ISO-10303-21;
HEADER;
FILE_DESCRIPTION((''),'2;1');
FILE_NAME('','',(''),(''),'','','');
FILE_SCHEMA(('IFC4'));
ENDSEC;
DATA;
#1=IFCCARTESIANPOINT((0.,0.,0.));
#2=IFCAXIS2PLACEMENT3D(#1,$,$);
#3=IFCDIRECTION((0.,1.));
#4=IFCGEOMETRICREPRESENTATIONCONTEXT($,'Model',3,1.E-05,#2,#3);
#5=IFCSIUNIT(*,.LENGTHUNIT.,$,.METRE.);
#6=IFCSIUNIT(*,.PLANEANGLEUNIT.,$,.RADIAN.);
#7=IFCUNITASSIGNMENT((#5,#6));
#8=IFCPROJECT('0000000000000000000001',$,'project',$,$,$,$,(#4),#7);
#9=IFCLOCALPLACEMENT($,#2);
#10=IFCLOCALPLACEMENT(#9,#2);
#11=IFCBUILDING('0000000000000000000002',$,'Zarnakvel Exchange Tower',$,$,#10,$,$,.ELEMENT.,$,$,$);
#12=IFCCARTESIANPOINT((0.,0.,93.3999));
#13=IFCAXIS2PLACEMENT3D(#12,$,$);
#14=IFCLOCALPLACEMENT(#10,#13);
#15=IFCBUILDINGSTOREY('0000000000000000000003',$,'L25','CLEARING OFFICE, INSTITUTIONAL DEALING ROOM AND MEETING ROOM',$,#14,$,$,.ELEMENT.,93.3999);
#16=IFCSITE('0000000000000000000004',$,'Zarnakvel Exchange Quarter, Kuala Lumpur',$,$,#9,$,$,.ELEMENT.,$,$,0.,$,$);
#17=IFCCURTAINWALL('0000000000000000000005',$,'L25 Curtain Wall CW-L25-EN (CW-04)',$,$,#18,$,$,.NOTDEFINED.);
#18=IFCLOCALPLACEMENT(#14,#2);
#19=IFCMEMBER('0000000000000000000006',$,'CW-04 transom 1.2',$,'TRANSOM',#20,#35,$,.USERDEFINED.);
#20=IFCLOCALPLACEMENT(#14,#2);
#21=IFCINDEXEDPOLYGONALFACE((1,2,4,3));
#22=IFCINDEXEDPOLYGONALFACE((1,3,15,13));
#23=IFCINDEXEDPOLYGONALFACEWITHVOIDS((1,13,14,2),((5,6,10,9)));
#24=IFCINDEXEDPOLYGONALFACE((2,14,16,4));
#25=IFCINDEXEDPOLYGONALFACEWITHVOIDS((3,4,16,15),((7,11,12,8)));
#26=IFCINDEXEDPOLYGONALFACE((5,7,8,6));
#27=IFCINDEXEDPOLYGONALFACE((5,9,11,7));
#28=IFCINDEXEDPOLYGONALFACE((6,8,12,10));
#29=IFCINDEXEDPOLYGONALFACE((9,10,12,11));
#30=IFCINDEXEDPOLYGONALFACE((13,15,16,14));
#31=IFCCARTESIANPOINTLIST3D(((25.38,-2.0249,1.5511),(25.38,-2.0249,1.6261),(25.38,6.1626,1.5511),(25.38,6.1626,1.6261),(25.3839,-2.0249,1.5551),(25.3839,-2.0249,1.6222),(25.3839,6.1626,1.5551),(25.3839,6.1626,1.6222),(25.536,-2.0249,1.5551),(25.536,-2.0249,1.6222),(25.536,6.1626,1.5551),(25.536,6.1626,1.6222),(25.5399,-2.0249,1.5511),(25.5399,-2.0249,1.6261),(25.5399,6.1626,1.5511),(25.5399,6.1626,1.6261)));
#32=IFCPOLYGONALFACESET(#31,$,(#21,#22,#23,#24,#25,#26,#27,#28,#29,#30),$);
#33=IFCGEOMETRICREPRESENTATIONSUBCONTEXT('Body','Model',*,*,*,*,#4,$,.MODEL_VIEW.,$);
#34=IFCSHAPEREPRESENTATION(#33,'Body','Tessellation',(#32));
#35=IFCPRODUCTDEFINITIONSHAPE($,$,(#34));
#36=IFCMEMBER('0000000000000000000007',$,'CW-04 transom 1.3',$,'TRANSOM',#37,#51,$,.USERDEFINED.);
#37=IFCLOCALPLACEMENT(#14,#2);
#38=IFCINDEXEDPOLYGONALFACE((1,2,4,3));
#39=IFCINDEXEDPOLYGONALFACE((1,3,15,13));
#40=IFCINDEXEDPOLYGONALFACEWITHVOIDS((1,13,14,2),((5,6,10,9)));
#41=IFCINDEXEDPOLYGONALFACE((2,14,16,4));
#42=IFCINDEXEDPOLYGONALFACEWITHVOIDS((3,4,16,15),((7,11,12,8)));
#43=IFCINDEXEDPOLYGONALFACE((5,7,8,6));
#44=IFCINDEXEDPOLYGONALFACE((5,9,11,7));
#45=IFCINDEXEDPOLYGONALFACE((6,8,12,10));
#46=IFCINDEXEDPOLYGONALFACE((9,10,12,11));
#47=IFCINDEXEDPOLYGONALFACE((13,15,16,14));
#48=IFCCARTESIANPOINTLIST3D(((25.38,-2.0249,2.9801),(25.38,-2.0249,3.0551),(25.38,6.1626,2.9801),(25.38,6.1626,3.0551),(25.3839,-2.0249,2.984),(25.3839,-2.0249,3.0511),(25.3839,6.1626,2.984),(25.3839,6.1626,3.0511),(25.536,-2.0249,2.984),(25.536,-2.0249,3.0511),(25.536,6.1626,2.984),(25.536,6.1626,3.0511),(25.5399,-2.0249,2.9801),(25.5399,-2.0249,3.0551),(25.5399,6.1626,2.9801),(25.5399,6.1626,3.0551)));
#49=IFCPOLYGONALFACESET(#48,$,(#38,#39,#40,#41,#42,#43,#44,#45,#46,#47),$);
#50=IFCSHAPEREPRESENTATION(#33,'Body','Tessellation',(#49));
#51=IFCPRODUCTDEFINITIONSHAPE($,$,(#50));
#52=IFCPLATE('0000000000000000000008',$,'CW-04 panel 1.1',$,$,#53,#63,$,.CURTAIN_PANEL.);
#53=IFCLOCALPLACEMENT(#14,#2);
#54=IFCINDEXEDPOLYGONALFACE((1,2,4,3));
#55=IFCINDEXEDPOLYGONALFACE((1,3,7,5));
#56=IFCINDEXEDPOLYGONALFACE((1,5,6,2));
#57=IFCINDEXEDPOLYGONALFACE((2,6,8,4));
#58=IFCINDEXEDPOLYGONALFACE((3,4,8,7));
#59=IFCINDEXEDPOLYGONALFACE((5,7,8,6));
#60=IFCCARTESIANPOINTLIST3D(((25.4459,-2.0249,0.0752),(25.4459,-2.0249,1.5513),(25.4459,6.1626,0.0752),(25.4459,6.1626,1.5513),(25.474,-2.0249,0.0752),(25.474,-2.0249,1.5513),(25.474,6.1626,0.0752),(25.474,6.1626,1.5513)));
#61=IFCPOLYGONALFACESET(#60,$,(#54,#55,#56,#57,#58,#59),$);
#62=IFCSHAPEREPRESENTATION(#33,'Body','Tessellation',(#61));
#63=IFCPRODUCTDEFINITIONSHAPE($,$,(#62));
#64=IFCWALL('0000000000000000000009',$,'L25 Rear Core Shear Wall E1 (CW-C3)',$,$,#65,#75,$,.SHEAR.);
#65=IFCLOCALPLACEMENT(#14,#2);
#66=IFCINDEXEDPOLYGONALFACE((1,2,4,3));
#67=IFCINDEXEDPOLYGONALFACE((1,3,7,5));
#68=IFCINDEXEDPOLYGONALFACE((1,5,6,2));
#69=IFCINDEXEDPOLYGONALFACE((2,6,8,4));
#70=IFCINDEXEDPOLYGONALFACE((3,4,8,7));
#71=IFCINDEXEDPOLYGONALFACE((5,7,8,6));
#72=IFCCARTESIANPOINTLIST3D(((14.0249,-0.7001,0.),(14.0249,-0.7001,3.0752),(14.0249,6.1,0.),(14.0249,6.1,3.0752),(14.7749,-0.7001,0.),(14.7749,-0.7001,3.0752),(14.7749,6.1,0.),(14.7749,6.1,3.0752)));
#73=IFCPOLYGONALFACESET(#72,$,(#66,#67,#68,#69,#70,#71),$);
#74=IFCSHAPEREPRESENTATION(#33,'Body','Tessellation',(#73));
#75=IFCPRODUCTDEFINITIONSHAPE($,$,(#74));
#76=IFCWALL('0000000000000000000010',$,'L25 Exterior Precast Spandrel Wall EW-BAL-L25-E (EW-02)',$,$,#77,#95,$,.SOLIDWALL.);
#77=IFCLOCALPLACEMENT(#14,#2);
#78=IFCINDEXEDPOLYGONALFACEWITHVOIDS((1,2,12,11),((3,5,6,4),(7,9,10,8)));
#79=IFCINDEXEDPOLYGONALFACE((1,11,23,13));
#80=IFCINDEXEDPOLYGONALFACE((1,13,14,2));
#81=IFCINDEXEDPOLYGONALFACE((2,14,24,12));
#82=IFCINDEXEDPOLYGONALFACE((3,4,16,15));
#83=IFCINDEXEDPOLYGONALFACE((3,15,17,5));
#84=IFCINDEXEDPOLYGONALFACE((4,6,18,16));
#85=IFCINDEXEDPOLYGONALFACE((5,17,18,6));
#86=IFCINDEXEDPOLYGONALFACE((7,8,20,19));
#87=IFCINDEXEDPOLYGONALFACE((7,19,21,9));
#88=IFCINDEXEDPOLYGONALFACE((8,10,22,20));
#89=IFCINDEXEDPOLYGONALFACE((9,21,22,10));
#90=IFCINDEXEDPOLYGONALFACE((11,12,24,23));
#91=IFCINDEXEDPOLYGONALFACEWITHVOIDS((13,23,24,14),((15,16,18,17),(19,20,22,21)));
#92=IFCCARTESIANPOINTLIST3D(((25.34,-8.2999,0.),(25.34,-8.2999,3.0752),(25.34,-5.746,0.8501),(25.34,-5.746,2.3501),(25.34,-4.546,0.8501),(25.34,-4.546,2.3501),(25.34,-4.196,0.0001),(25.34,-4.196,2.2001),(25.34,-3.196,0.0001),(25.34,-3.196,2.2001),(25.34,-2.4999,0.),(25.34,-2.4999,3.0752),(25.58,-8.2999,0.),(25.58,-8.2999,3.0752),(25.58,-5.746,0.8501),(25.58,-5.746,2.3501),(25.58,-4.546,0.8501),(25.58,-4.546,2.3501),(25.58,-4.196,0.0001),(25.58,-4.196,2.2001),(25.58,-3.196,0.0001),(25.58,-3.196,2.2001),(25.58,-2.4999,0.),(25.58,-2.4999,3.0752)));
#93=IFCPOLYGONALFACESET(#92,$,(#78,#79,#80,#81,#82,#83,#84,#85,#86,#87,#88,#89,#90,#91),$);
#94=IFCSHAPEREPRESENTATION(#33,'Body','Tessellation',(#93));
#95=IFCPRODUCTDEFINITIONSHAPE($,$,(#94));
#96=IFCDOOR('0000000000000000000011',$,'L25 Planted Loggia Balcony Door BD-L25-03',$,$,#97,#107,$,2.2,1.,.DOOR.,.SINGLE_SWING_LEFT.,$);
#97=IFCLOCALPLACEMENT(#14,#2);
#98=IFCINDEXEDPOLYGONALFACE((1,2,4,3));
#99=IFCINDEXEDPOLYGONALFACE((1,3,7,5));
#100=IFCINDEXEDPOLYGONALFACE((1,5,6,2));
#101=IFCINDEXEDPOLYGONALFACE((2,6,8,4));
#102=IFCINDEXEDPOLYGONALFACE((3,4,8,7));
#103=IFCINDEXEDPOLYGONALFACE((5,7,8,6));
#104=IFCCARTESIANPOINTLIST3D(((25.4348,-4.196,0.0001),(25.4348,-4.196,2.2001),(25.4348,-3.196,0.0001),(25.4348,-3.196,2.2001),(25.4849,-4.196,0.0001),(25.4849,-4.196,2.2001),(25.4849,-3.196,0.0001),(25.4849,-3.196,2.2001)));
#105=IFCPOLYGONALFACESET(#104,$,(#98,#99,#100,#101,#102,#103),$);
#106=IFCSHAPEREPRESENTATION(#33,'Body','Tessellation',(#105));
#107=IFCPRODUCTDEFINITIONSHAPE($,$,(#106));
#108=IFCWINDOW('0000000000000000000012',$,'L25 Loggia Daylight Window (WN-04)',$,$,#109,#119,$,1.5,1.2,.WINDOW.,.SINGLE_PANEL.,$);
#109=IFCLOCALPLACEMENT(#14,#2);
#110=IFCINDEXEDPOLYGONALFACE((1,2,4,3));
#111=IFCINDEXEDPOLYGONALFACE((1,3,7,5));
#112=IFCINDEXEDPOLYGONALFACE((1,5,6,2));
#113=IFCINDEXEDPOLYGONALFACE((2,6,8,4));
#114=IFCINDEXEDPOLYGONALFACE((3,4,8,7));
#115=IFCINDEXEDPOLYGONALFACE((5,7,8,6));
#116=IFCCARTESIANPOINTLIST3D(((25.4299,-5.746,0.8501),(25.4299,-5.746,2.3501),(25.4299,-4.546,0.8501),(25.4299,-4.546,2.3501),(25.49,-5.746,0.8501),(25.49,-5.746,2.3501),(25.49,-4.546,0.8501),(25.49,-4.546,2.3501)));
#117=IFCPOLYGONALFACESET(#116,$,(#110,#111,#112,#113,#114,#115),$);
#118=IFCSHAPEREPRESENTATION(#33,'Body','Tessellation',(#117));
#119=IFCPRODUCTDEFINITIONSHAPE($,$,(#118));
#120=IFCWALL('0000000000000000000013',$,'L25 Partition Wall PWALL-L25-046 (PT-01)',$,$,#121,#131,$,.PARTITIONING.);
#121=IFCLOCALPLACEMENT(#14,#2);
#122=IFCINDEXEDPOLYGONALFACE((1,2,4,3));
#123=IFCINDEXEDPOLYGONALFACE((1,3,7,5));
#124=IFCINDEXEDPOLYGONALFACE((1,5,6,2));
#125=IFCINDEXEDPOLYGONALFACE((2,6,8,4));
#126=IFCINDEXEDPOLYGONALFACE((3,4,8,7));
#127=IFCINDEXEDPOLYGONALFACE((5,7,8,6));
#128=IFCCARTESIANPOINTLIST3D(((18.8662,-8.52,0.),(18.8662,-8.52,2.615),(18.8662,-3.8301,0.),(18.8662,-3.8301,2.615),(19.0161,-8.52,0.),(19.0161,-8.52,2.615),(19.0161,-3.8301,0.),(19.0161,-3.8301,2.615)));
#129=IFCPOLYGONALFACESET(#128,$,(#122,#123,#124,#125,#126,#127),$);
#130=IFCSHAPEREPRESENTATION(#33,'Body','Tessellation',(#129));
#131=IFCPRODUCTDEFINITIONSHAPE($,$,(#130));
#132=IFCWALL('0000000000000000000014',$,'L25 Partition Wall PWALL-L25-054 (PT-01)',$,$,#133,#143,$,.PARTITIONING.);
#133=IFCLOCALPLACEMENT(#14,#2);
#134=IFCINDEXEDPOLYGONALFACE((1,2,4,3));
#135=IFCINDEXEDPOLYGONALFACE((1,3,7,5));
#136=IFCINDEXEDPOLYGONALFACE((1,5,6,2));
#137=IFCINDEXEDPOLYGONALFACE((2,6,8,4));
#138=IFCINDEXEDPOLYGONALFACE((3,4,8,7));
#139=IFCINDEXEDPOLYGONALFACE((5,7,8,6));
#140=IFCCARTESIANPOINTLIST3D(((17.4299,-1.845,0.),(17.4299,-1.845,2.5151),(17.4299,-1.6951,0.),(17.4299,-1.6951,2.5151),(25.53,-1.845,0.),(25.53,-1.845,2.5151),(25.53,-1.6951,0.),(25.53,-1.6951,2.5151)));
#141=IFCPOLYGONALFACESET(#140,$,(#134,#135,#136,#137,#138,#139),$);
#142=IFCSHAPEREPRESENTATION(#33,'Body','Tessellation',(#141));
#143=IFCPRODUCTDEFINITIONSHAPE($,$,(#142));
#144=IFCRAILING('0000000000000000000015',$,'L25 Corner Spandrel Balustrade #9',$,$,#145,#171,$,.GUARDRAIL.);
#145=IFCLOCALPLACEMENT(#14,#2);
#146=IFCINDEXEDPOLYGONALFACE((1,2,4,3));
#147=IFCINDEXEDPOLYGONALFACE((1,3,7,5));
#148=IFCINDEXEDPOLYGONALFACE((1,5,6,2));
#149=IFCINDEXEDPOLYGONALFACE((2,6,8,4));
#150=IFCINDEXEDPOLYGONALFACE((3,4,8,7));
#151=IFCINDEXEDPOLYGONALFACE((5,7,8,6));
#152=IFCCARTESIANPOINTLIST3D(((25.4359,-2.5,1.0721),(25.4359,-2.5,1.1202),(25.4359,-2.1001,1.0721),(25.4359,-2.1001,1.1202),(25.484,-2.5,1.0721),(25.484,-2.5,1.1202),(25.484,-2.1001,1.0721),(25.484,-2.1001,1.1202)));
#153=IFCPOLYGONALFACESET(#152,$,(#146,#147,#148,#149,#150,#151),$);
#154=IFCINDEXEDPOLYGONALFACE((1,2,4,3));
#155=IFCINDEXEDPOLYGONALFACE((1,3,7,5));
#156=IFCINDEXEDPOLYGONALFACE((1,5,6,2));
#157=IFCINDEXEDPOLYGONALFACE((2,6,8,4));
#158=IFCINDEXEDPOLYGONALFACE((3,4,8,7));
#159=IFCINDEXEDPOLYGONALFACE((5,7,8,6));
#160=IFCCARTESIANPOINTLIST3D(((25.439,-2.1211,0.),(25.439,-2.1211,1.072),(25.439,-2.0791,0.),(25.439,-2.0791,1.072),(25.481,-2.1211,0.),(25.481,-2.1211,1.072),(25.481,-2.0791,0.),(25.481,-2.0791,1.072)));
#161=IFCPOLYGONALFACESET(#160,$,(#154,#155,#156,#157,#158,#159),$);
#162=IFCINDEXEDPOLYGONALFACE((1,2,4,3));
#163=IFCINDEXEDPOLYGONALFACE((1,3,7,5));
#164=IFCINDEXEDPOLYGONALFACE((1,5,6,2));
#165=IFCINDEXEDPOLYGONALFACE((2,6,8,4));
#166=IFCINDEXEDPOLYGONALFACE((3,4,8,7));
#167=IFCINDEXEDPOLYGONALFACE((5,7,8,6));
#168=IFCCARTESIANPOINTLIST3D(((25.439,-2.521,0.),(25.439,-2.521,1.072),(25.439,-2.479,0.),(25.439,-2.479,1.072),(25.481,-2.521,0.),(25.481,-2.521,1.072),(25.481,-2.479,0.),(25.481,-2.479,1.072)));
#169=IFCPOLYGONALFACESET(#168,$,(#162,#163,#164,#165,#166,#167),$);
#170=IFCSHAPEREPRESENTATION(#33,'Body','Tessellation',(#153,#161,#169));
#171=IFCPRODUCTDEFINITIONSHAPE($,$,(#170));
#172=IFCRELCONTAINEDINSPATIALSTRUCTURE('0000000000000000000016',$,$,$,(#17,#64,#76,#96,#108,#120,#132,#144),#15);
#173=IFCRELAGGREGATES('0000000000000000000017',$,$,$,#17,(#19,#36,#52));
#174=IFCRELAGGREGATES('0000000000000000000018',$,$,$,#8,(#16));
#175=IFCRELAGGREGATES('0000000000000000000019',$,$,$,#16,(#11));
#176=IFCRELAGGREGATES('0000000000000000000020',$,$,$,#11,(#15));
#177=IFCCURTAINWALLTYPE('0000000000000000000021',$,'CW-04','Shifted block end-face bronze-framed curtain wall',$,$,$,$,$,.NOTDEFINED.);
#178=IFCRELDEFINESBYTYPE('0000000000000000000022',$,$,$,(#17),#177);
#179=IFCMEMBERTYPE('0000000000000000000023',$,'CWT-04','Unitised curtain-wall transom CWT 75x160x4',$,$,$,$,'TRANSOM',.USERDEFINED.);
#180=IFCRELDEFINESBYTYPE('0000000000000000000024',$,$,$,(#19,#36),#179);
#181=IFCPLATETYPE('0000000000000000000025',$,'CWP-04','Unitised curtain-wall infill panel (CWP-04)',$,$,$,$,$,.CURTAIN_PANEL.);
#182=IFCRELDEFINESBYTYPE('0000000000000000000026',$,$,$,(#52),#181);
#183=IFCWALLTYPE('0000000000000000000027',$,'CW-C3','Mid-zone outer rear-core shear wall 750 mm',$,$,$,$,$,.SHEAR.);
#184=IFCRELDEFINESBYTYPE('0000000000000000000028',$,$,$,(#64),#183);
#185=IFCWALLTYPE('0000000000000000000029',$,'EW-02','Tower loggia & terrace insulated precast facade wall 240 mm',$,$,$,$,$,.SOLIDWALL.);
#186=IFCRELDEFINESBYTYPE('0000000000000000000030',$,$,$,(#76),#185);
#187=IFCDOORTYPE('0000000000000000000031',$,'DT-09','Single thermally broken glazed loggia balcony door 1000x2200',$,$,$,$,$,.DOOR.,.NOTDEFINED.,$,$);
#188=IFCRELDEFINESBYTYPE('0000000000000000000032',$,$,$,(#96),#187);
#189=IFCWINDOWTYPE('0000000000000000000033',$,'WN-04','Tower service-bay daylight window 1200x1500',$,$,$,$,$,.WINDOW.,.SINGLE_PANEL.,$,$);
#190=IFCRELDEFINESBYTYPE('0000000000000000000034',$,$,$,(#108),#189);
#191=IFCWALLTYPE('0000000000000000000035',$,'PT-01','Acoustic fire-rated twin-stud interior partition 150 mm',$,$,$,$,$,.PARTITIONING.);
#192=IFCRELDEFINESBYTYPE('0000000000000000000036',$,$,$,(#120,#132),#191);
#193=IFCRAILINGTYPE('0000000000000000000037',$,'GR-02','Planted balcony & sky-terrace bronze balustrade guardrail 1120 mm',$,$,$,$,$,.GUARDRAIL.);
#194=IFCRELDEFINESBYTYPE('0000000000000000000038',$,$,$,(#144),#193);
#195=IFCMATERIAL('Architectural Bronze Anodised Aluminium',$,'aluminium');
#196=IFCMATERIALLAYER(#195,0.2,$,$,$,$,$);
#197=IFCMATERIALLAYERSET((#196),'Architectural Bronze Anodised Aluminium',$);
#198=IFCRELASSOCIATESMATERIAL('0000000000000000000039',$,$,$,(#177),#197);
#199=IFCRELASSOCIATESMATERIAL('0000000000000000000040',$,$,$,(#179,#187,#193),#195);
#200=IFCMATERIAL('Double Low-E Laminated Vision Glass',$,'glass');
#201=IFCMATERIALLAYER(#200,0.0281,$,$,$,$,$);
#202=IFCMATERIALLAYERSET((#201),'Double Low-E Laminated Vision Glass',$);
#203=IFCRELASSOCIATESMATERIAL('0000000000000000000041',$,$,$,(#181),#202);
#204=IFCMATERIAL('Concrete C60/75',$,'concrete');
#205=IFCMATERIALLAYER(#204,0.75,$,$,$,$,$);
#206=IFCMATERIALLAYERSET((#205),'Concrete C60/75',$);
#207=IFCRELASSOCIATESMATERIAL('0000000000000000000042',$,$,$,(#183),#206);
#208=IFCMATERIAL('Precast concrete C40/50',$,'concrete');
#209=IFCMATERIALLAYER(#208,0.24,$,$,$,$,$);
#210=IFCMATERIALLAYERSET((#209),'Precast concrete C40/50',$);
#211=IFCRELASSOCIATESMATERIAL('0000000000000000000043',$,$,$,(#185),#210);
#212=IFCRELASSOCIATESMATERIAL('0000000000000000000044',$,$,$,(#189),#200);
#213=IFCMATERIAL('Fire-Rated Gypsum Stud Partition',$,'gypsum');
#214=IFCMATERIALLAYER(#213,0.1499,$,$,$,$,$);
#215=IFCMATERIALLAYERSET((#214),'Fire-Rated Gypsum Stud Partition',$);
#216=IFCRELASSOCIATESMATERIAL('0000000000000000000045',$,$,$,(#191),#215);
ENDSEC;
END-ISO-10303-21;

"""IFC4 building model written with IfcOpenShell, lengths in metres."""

from ifc_helpers import new_model, si_unit, direction, frame, frame_2d, origin, origin_2d, place, context, subcontext, project, spatial, rectangle, hollow_rectangle, extrude, source, transform, mapped, material, layer, layer_set, material_profile, profile_set, type_object, element, fill, aggregate, save


model = new_model("IFC4")

# Units and contexts
model_context = context("Model", 3, precision=1e-05, world=origin(), true_north=direction((0.0, 1.0)))
body_context = subcontext(model_context, "Body", "Model", "MODEL_VIEW")
ifc_project = project(units=[si_unit("LENGTHUNIT", "METRE"), si_unit("PLANEANGLEUNIT", "RADIAN")], contexts=[model_context])

# Site, building, storey
site_placement = place(None, origin())
site = spatial("IfcSite", under=ifc_project, at=site_placement, Name="Zarnakvel Exchange Quarter, Kuala Lumpur", CompositionType="ELEMENT", RefElevation=0.0)
building_placement = place(site_placement, origin())
building = spatial("IfcBuilding", under=site, at=building_placement, Name="Zarnakvel Exchange Tower", CompositionType="ELEMENT")
storey_placement = place(building_placement, frame((0.0, 0.0, 93.3999)))
storey = spatial("IfcBuildingStorey", under=building, at=storey_placement, Name="L25", Description="CLEARING OFFICE, INSTITUTIONAL DEALING ROOM AND MEETING ROOM", CompositionType="ELEMENT", Elevation=93.3999)

# Shared definitions
ifc_material_1 = material(Name="Concrete C60/75", Category="concrete")

# Curtain wall, members, plate
ifc_material_2 = material(Name="Architectural Bronze Anodised Aluminium", Category="aluminium")
ifc_layer_1 = layer(ifc_material_2, 0.2)
ifc_layer_set_1 = layer_set([ifc_layer_1], Name="Architectural Bronze Anodised Aluminium")
curtain_wall_type = type_object("IfcCurtainWallType", Name="CW-04", Description="Shifted block end-face bronze-framed curtain wall", PredefinedType="NOTDEFINED", material=ifc_layer_set_1)
curtain_wall_placement = place(storey_placement, origin())
curtain_wall = element("IfcCurtainWall", 1, at=curtain_wall_placement, inside=storey, type_object=curtain_wall_type, Name="L25 Curtain Wall CW-L25-EN (CW-04)", PredefinedType="NOTDEFINED")
ifc_material_profile_1 = material_profile(ifc_material_2, hollow_rectangle(XDim=0.1599, YDim=0.075, WallThickness=0.0039, at=origin_2d()))
ifc_profile_set_1 = profile_set([ifc_material_profile_1], Name="Architectural Bronze Anodised Aluminium")
member_type_1 = type_object("IfcMemberType", Name="CWT-04", Description="Unitised curtain-wall transom CWT 75x160x4", ElementType="TRANSOM", PredefinedType="USERDEFINED", material=ifc_profile_set_1)
shared_shape_1 = source(origin(), body_context, "Body", "SweptSolid", [
    extrude(hollow_rectangle(XDim=0.1599, YDim=0.075, WallThickness=0.0039, at=origin_2d()), origin(), (0.0, 0.0, 1.0), 8.1875),
])
member_1_placement = place(storey_placement, frame((25.46, -2.0249, 1.5886), z_axis=(0.0, 1.0, 0.0), x_axis=(-1.0, 0.0, 0.0)))
member_1 = element("IfcMember", 2, at=member_1_placement, type_object=member_type_1, Name="CW-04 transom 1.2", ObjectType="TRANSOM", PredefinedType="USERDEFINED", context=body_context, shape_type="MappedRepresentation", body=[
    mapped(shared_shape_1, transform((0.0, 0.0, 0.0), x_axis=(1.0, 0.0, 0.0), y_axis=(0.0, 1.0, 0.0), z_axis=(0.0, 0.0, 1.0), scale=1.0)),
])
member_2_placement = place(storey_placement, frame((25.46, -2.0249, 3.0176), z_axis=(0.0, 1.0, 0.0), x_axis=(-1.0, 0.0, 0.0)))
member_2 = element("IfcMember", 3, at=member_2_placement, type_object=member_type_1, Name="CW-04 transom 1.3", ObjectType="TRANSOM", PredefinedType="USERDEFINED", context=body_context, shape_type="MappedRepresentation", body=[
    mapped(shared_shape_1, transform((0.0, 0.0, 0.0), x_axis=(1.0, 0.0, 0.0), y_axis=(0.0, 1.0, 0.0), z_axis=(0.0, 0.0, 1.0), scale=1.0)),
])
ifc_material_3 = material(Name="Double Low-E Laminated Vision Glass", Category="glass")
ifc_layer_2 = layer(ifc_material_3, 0.0281)
ifc_layer_set_2 = layer_set([ifc_layer_2], Name="Double Low-E Laminated Vision Glass")
plate_type = type_object("IfcPlateType", Name="CWP-04", Description="Unitised curtain-wall infill panel (CWP-04)", PredefinedType="CURTAIN_PANEL", material=ifc_layer_set_2)
shared_shape_2 = source(origin(), body_context, "Body", "SweptSolid", [
    extrude(rectangle(XDim=8.1875, YDim=0.0281, at=origin_2d()), origin(), (0.0, 0.0, 1.0), 1.4761),
])
plate_placement = place(storey_placement, frame((25.46, 2.0688, 0.0752), z_axis=(0.0, 0.0, 1.0), x_axis=(0.0, 1.0, 0.0)))
plate = element("IfcPlate", 4, at=plate_placement, type_object=plate_type, Name="CW-04 panel 1.1", PredefinedType="CURTAIN_PANEL", context=body_context, shape_type="MappedRepresentation", body=[
    mapped(shared_shape_2, transform((0.0, 0.0, 0.0), x_axis=(1.0, 0.0, 0.0), y_axis=(0.0, 1.0, 0.0), z_axis=(0.0, 0.0, 1.0), scale=1.0)),
])
aggregate(curtain_wall, [member_1, member_2, plate])

# Wall
ifc_layer_3 = layer(ifc_material_1, 0.75)
ifc_layer_set_3 = layer_set([ifc_layer_3], Name="Concrete C60/75")
wall_type_1 = type_object("IfcWallType", Name="CW-C3", Description="Mid-zone outer rear-core shear wall 750 mm", PredefinedType="SHEAR", material=ifc_layer_set_3)
wall_1_placement = place(storey_placement, frame((14.3999, -0.7, 0.0), z_axis=(0.0, 0.0, 1.0), x_axis=(0.0, 1.0, 0.0)))
element("IfcWall", 5, at=wall_1_placement, inside=storey, type_object=wall_type_1, Name="L25 Rear Core Shear Wall E1 (CW-C3)", PredefinedType="SHEAR", context=body_context, shape_type="SweptSolid", body=[
    extrude(rectangle(XDim=6.8, YDim=0.75, at=frame_2d((3.3999, 0.0))), origin(), (0.0, 0.0, 1.0), 3.0752),
])

# Wall, openings, door, window
ifc_material_4 = material(Name="Precast concrete C40/50", Category="concrete")
ifc_layer_4 = layer(ifc_material_4, 0.24)
ifc_layer_set_4 = layer_set([ifc_layer_4], Name="Precast concrete C40/50")
wall_type_2 = type_object("IfcWallType", Name="EW-02", Description="Tower loggia & terrace insulated precast facade wall 240 mm", PredefinedType="SOLIDWALL", material=ifc_layer_set_4)
wall_2_placement = place(storey_placement, frame((25.46, -2.5, 0.0), z_axis=(0.0, 0.0, 1.0), x_axis=(0.0, -1.0, 0.0)))
wall_2 = element("IfcWall", 6, at=wall_2_placement, inside=storey, type_object=wall_type_2, Name="L25 Exterior Precast Spandrel Wall EW-BAL-L25-E (EW-02)", PredefinedType="SOLIDWALL", context=body_context, shape_type="SweptSolid", body=[
    extrude(rectangle(XDim=5.8, YDim=0.24, at=frame_2d((2.8999, 0.0))), origin(), (0.0, 0.0, 1.0), 3.0752),
])
opening_1_placement = place(wall_2_placement, frame((0.696, 0.0, 0.0)))
opening_1 = element("IfcOpeningElement", 7, at=opening_1_placement, cuts=wall_2, PredefinedType="OPENING", context=body_context, shape_type="SweptSolid", body=[
    extrude(rectangle(XDim=1.0, YDim=2.2, at=frame_2d((0.5, 1.1001))), frame((0.0, 0.1299, 0.0), z_axis=(0.0, -1.0, 0.0), x_axis=(1.0, 0.0, 0.0)), (0.0, 0.0, 1.0), 0.26),
])
opening_2_placement = place(wall_2_placement, frame((2.0459, 0.0, 0.8501)))
opening_2 = element("IfcOpeningElement", 8, at=opening_2_placement, cuts=wall_2, PredefinedType="OPENING", context=body_context, shape_type="SweptSolid", body=[
    extrude(rectangle(XDim=1.2, YDim=1.5, at=frame_2d((0.6001, 0.75))), frame((0.0, 0.1299, 0.0), z_axis=(0.0, -1.0, 0.0), x_axis=(1.0, 0.0, 0.0)), (0.0, 0.0, 1.0), 0.26),
])
door_type_1 = type_object("IfcDoorType", Name="DT-09", Description="Single thermally broken glazed loggia balcony door 1000x2200", OperationType="NOTDEFINED", PredefinedType="DOOR", material=ifc_material_2)
shared_shape_3 = source(origin(), body_context, "Body", "SweptSolid", [
    extrude(rectangle(XDim=1.0, YDim=2.2, at=frame_2d((0.5, 1.1001))), frame((0.0, 0.0249, 0.0), z_axis=(0.0, -1.0, 0.0), x_axis=(1.0, 0.0, 0.0)), (0.0, 0.0, 1.0), 0.05),
])
door_1_placement = place(opening_1_placement, origin())
door_1 = element("IfcDoor", 9, at=door_1_placement, inside=storey, type_object=door_type_1, Name="L25 Planted Loggia Balcony Door BD-L25-03", OperationType="SINGLE_SWING_LEFT", OverallHeight=2.2, OverallWidth=1.0, PredefinedType="DOOR", context=body_context, shape_type="MappedRepresentation", body=[
    mapped(shared_shape_3, transform((0.0, 0.0, 0.0), x_axis=(1.0, 0.0, 0.0), y_axis=(0.0, 1.0, 0.0), z_axis=(0.0, 0.0, 1.0), scale=1.0)),
])
fill(opening_1, door_1)
window_type = type_object("IfcWindowType", Name="WN-04", Description="Tower service-bay daylight window 1200x1500", PartitioningType="SINGLE_PANEL", PredefinedType="WINDOW", material=ifc_material_3)
shared_shape_4 = source(origin(), body_context, "Body", "SweptSolid", [
    extrude(rectangle(XDim=1.2, YDim=1.5, at=frame_2d((0.6001, 0.75))), frame((0.0, 0.03, 0.0), z_axis=(0.0, -1.0, 0.0), x_axis=(1.0, 0.0, 0.0)), (0.0, 0.0, 1.0), 0.0601),
])
window_placement = place(opening_2_placement, origin())
window = element("IfcWindow", 10, at=window_placement, inside=storey, type_object=window_type, Name="L25 Loggia Daylight Window (WN-04)", OverallHeight=1.5, OverallWidth=1.2, PartitioningType="SINGLE_PANEL", PredefinedType="WINDOW", context=body_context, shape_type="MappedRepresentation", body=[
    mapped(shared_shape_4, transform((0.0, 0.0, 0.0), x_axis=(1.0, 0.0, 0.0), y_axis=(0.0, 1.0, 0.0), z_axis=(0.0, 0.0, 1.0), scale=1.0)),
])
fill(opening_2, window)

# Walls
ifc_material_5 = material(Name="Fire-Rated Gypsum Stud Partition", Category="gypsum")
ifc_layer_5 = layer(ifc_material_5, 0.1499)
ifc_layer_set_5 = layer_set([ifc_layer_5], Name="Fire-Rated Gypsum Stud Partition")
wall_type_3 = type_object("IfcWallType", Name="PT-01", Description="Acoustic fire-rated twin-stud interior partition 150 mm", PredefinedType="PARTITIONING", material=ifc_layer_set_5)
wall_3_placement = place(storey_placement, frame((18.9412, -3.8301, 0.0), z_axis=(0.0, 0.0, 1.0), x_axis=(0.0, -1.0, 0.0)))
element("IfcWall", 11, at=wall_3_placement, inside=storey, type_object=wall_type_3, Name="L25 Partition Wall PWALL-L25-046 (PT-01)", PredefinedType="PARTITIONING", context=body_context, shape_type="SweptSolid", body=[
    extrude(rectangle(XDim=4.6899, YDim=0.1499, at=frame_2d((2.345, 0.0))), origin(), (0.0, 0.0, 1.0), 2.615),
])
wall_4_placement = place(storey_placement, frame((25.53, -1.77, 0.0), z_axis=(0.0, 0.0, 1.0), x_axis=(-1.0, 0.0, 0.0)))
element("IfcWall", 12, at=wall_4_placement, inside=storey, type_object=wall_type_3, Name="L25 Partition Wall PWALL-L25-054 (PT-01)", PredefinedType="PARTITIONING", context=body_context, shape_type="SweptSolid", body=[
    extrude(rectangle(XDim=8.1001, YDim=0.1499, at=frame_2d((4.05, 0.0))), origin(), (0.0, 0.0, 1.0), 2.5151),
])

# Railing
railing_type = type_object("IfcRailingType", Name="GR-02", Description="Planted balcony & sky-terrace bronze balustrade guardrail 1120 mm", PredefinedType="GUARDRAIL", material=ifc_material_2)
railing_placement = place(storey_placement, frame((25.46, -2.1001, 0.0)))
element("IfcRailing", 13, at=railing_placement, inside=storey, type_object=railing_type, Name="L25 Corner Spandrel Balustrade #9", PredefinedType="GUARDRAIL", context=body_context, shape_type="SweptSolid", body=[
    extrude(rectangle(XDim=0.0481, YDim=0.0481, at=origin_2d()), frame((0.0, 0.0, 1.0962), z_axis=(0.0, -1.0, 0.0), x_axis=(1.0, 0.0, 0.0)), (0.0, 0.0, 1.0), 0.3999),
    extrude(rectangle(XDim=0.042, YDim=0.042, at=origin_2d()), origin(), (0.0, 0.0, 1.0), 1.072),
    extrude(rectangle(XDim=0.042, YDim=0.042, at=origin_2d()), frame((0.0, -0.3999, 0.0)), (0.0, 0.0, 1.0), 1.072),
])

save(model, "model.ifc")
